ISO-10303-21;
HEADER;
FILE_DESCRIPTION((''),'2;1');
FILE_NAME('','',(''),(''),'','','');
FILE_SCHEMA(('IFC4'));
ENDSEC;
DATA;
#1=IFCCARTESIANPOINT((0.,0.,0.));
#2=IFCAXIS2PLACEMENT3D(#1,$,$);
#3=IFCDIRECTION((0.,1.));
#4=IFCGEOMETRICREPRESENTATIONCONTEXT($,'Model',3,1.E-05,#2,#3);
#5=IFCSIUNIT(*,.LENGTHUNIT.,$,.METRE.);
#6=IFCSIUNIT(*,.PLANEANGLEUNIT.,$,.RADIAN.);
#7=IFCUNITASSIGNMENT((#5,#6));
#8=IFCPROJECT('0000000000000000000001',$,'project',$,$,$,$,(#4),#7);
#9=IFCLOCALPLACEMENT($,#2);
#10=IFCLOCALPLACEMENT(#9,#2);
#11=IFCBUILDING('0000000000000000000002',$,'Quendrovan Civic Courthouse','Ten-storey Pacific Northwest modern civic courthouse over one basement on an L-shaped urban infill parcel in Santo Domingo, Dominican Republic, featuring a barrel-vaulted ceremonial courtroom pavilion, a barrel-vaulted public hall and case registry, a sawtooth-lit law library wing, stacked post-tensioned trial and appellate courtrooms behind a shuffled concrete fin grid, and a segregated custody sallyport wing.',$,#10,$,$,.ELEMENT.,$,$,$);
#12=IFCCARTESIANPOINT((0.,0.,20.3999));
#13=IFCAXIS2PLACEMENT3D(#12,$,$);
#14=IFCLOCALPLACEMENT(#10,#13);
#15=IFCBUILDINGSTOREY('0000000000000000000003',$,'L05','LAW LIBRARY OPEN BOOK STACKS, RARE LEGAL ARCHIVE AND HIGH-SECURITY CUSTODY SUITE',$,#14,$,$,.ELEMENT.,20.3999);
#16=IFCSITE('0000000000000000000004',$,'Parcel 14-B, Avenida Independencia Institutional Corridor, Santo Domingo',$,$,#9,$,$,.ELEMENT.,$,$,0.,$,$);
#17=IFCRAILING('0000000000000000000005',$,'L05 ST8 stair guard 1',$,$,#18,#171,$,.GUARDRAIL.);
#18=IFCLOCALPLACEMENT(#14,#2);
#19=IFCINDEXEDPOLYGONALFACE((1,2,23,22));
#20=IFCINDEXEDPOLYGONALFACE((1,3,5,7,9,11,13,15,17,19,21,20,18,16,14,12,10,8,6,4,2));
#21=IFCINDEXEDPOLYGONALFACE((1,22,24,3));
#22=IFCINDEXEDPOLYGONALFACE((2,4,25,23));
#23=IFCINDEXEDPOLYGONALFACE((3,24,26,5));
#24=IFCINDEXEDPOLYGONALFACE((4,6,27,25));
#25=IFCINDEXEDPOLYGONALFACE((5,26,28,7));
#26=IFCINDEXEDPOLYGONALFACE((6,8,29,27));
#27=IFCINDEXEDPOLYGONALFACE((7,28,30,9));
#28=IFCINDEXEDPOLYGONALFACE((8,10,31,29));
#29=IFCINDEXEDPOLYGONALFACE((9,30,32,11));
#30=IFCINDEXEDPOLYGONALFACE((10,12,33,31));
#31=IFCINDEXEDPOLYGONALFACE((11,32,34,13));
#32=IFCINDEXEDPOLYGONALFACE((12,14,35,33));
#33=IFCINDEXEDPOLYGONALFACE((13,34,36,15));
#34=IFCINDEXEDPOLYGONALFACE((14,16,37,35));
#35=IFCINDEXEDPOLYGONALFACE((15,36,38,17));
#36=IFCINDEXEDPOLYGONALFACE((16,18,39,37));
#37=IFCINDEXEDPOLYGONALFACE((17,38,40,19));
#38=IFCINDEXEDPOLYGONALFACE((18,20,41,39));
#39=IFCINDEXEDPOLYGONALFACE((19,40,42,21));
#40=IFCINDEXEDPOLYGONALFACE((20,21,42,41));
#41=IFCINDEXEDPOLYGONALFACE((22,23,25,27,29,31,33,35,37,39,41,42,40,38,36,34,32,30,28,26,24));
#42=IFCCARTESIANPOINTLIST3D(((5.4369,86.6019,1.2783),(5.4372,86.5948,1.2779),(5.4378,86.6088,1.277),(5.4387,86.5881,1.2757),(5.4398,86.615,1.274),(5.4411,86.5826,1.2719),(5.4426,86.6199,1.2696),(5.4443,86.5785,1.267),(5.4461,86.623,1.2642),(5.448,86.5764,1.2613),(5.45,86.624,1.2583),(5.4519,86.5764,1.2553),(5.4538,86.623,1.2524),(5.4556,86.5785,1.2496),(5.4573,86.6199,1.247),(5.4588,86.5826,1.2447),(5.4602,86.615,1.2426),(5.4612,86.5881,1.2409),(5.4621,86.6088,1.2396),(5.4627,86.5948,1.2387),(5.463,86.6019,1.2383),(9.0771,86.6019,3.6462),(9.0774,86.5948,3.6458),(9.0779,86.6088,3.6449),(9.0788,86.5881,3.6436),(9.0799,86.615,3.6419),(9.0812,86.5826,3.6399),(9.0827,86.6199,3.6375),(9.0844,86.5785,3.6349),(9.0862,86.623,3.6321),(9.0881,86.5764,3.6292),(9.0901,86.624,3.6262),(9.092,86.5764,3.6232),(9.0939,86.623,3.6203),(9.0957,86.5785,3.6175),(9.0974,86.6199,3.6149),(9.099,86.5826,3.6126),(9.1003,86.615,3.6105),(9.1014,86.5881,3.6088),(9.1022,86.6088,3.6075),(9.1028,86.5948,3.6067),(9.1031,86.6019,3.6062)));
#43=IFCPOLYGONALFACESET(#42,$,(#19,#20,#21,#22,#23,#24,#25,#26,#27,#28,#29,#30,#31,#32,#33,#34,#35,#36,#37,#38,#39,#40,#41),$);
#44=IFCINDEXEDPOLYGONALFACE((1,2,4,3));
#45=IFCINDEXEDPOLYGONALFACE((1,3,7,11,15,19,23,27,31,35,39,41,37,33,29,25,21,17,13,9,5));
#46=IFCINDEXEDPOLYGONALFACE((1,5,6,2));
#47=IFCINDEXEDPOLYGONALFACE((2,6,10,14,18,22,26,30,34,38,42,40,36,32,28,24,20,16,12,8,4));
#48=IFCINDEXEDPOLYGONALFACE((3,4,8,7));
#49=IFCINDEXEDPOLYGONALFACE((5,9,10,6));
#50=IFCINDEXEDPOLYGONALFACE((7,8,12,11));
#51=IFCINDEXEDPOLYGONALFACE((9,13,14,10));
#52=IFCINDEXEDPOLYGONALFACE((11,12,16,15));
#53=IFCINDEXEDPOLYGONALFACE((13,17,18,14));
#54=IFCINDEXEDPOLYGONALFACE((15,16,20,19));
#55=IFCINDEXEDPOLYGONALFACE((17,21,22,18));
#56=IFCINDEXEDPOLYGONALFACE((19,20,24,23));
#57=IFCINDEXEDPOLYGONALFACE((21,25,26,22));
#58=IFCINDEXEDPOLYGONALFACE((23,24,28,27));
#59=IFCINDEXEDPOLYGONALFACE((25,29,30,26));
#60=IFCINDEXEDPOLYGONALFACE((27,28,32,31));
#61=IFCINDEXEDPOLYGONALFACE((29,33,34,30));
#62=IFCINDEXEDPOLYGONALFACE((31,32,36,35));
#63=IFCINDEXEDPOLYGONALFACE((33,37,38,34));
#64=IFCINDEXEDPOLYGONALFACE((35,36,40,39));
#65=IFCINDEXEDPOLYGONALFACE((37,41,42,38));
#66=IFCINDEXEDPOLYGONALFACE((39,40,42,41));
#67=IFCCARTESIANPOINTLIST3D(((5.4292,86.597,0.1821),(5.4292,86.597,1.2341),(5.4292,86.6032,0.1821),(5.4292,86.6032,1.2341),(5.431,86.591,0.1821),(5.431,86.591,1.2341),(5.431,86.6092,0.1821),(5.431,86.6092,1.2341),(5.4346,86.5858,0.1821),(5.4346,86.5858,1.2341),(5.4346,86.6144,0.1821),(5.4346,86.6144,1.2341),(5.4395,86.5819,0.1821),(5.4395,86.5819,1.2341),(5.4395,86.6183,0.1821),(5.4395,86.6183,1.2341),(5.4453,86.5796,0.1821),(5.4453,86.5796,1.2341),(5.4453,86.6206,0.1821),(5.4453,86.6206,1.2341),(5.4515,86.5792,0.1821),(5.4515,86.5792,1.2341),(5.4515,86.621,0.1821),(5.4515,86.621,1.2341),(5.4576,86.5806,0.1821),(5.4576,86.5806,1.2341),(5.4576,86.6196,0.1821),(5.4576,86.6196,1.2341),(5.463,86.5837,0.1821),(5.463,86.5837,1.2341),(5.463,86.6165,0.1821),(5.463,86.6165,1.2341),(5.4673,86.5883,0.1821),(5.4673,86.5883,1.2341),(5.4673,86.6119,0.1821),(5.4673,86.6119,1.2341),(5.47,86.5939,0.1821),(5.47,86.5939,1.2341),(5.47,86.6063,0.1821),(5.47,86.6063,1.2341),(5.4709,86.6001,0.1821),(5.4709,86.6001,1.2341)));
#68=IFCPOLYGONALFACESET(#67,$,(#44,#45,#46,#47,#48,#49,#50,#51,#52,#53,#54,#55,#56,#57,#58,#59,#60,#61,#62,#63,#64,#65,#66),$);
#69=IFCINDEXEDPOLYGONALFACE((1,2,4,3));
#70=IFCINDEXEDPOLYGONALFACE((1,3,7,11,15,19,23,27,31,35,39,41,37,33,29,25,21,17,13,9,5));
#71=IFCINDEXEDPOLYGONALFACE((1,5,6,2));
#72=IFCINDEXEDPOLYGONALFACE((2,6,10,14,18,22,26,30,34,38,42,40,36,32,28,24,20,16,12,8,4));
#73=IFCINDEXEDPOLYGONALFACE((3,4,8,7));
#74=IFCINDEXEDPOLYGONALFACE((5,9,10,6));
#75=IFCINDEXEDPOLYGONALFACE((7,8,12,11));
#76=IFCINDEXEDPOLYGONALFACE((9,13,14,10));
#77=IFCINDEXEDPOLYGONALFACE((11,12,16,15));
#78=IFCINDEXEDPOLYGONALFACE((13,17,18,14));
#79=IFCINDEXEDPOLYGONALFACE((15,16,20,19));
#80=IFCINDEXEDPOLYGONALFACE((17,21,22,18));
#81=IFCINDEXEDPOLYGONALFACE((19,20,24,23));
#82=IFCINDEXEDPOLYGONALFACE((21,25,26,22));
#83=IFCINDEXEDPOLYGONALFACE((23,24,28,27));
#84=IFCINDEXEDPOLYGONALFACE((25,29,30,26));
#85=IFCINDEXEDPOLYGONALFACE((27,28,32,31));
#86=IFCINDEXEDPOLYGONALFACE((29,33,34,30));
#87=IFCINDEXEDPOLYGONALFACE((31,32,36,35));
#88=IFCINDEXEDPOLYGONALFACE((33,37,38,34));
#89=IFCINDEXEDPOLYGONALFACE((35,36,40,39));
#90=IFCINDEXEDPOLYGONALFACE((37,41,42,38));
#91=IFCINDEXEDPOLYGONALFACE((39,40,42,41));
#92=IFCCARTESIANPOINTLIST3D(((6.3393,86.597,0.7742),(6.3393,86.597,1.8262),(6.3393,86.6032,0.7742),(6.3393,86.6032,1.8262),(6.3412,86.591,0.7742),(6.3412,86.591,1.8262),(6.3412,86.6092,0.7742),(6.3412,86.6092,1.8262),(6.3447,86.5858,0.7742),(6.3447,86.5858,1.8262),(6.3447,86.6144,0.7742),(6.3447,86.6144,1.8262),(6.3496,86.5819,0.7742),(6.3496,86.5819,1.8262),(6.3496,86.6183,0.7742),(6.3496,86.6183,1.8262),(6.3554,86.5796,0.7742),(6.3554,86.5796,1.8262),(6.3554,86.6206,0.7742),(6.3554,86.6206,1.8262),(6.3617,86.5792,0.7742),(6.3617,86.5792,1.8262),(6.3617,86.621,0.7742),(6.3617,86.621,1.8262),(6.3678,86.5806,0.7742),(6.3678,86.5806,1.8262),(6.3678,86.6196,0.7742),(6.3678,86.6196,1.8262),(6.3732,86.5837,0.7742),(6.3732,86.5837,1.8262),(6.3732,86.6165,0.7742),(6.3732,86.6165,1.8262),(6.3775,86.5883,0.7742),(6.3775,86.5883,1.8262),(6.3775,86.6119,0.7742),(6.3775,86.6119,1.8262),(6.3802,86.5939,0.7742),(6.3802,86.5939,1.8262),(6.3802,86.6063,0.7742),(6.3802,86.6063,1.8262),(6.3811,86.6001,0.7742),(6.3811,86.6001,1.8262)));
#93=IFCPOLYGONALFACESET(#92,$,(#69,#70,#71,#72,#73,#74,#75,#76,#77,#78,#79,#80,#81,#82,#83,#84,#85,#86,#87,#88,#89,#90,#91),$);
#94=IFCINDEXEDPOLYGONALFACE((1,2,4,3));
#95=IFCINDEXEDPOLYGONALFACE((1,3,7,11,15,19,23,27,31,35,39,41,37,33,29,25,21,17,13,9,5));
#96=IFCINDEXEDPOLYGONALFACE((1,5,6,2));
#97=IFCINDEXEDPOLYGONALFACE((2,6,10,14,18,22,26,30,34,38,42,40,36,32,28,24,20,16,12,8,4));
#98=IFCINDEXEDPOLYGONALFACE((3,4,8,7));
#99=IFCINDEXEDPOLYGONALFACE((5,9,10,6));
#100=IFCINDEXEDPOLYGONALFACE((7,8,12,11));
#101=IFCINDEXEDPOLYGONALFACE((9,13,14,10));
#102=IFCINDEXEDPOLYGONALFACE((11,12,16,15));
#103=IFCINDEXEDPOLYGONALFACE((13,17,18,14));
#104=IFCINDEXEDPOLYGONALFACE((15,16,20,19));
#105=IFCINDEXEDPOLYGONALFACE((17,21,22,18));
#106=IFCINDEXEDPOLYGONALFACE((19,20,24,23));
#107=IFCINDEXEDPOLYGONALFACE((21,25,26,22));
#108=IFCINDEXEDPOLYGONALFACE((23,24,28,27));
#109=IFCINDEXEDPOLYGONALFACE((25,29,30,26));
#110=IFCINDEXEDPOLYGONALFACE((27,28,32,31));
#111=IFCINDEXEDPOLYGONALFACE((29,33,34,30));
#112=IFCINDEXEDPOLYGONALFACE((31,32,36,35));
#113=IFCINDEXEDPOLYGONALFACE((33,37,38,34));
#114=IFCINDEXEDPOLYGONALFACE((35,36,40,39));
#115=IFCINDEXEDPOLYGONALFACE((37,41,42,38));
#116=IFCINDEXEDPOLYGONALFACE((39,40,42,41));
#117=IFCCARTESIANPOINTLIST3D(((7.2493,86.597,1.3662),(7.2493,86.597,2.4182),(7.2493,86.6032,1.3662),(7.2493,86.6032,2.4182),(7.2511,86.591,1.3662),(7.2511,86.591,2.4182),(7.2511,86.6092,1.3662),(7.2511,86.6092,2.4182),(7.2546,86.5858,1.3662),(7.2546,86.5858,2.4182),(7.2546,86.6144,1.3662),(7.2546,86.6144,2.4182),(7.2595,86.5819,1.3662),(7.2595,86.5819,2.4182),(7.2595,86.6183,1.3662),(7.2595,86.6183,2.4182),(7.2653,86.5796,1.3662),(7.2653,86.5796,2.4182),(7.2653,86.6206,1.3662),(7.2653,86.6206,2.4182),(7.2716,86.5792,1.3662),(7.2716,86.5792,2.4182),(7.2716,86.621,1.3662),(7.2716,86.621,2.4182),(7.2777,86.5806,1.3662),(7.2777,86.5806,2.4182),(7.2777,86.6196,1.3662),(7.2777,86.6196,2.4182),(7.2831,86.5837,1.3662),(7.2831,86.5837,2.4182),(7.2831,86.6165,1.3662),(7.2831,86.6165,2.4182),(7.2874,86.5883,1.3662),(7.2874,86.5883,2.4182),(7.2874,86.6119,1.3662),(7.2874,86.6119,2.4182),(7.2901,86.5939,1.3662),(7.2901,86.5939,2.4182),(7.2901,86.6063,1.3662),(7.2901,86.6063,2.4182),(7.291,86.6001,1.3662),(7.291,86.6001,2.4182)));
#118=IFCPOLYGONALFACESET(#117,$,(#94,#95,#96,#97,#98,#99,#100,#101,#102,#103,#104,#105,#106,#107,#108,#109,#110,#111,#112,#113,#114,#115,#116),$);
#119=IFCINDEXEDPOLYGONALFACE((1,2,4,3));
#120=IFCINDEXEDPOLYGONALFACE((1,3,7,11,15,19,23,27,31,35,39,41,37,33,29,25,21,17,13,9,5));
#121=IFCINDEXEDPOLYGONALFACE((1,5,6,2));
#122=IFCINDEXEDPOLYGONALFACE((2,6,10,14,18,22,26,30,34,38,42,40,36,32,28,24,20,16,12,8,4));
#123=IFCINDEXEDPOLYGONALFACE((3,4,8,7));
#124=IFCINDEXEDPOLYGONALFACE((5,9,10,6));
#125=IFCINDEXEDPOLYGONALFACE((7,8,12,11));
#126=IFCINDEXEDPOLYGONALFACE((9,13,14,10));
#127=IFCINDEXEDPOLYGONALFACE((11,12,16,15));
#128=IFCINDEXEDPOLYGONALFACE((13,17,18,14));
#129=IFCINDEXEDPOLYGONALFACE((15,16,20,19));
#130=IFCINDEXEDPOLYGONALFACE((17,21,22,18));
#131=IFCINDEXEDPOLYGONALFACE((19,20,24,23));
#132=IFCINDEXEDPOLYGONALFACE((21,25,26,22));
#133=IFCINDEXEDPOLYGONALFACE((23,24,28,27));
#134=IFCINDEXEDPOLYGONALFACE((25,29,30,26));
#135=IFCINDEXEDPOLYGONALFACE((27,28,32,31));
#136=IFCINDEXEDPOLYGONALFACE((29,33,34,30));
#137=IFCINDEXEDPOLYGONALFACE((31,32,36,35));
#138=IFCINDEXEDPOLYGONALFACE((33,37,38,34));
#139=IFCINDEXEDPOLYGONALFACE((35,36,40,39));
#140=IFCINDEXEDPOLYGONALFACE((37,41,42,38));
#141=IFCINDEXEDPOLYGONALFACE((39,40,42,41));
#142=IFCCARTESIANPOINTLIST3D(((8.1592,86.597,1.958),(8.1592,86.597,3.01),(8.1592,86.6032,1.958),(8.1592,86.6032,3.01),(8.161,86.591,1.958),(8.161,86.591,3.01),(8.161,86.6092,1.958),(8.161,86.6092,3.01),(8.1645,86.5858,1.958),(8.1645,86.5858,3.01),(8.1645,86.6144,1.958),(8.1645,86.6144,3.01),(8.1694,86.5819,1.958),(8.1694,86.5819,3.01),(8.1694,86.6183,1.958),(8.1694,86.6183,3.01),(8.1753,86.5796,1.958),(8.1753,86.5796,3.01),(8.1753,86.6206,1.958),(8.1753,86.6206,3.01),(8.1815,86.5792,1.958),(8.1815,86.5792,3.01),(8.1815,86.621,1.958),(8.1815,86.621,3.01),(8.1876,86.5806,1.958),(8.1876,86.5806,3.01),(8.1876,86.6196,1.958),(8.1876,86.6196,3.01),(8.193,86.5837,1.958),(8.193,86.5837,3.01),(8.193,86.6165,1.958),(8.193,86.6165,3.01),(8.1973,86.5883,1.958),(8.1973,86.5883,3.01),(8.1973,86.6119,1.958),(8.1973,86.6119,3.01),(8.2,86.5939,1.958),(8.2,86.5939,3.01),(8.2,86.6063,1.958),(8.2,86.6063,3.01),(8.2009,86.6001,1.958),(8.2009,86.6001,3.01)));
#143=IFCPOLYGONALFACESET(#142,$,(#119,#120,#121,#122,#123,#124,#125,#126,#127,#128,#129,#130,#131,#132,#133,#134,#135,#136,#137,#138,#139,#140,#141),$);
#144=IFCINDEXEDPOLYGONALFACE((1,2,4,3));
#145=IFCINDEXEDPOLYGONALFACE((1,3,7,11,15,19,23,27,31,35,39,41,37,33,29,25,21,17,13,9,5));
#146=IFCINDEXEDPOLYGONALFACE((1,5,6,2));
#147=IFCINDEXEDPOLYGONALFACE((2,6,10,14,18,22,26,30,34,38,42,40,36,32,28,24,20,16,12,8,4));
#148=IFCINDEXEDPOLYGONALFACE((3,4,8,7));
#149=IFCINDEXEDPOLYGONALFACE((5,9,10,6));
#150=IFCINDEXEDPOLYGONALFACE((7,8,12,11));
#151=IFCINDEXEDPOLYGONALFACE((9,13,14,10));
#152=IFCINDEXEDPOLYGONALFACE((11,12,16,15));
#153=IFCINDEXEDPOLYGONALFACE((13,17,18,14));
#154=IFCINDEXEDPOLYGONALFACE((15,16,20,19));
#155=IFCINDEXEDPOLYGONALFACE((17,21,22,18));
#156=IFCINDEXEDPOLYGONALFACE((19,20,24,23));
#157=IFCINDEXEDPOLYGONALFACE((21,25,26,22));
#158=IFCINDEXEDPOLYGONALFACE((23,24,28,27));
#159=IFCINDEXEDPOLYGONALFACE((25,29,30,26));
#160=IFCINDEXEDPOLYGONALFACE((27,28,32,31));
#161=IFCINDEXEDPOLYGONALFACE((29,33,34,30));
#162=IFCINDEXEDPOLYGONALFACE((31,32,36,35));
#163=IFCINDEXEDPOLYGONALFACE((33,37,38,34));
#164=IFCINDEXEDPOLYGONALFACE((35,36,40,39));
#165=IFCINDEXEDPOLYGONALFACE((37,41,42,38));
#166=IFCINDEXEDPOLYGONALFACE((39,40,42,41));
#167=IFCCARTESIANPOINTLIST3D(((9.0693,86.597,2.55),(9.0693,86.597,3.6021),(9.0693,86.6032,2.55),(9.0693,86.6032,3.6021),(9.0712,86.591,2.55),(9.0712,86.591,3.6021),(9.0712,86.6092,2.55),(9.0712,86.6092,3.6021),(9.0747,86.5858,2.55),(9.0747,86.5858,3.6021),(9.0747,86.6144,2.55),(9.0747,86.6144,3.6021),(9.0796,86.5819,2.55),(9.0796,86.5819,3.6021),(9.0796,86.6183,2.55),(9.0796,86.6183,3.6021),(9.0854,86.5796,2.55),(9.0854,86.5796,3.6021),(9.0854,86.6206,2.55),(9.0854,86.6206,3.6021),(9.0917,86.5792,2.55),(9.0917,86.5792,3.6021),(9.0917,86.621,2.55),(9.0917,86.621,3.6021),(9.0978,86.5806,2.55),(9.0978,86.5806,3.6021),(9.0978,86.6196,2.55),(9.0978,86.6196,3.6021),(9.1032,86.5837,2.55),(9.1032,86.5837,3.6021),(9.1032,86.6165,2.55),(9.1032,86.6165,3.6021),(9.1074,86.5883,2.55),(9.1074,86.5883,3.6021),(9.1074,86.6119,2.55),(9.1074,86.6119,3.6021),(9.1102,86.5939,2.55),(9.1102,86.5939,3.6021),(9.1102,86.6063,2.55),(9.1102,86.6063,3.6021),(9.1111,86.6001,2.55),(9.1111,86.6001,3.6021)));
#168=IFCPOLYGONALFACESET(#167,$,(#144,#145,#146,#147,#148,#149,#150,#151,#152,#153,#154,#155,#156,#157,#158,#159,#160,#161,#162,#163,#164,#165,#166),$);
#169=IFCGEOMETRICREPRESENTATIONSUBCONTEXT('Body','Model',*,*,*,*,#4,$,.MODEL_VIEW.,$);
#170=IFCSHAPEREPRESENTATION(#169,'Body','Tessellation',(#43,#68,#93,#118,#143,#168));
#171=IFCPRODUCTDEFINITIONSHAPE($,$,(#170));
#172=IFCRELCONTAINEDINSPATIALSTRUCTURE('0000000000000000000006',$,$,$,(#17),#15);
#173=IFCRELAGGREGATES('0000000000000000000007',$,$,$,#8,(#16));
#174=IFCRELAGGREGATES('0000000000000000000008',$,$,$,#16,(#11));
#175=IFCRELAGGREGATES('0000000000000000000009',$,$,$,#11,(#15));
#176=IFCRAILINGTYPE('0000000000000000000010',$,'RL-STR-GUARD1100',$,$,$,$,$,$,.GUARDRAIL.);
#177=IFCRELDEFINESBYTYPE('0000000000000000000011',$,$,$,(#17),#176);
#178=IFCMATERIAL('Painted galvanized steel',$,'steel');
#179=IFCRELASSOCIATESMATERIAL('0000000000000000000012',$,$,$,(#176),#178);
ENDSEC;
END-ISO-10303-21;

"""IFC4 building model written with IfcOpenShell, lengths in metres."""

from ifc_helpers import new_model, si_unit, direction, frame, origin, origin_2d, place, context, subcontext, project, spatial, circle, extrude, material, type_object, element, save


model = new_model("IFC4")

# Units and contexts
model_context = context("Model", 3, precision=1e-05, world=origin(), true_north=direction((0.0, 1.0)))
body_context = subcontext(model_context, "Body", "Model", "MODEL_VIEW")
ifc_project = project(units=[si_unit("LENGTHUNIT", "METRE"), si_unit("PLANEANGLEUNIT", "RADIAN")], contexts=[model_context])

# Site, building, storey
site_placement = place(None, origin())
site = spatial("IfcSite", under=ifc_project, at=site_placement, Name="Parcel 14-B, Avenida Independencia Institutional Corridor, Santo Domingo", CompositionType="ELEMENT", RefElevation=0.0)
building_placement = place(site_placement, origin())
building = spatial("IfcBuilding", under=site, at=building_placement, Name="Quendrovan Civic Courthouse", Description="Ten-storey Pacific Northwest modern civic courthouse over one basement on an L-shaped urban infill parcel in Santo Domingo, Dominican Republic, featuring a barrel-vaulted ceremonial courtroom pavilion, a barrel-vaulted public hall and case registry, a sawtooth-lit law library wing, stacked post-tensioned trial and appellate courtrooms behind a shuffled concrete fin grid, and a segregated custody sallyport wing.", CompositionType="ELEMENT")
storey_placement = place(building_placement, frame((0.0, 0.0, 20.3999)))
storey = spatial("IfcBuildingStorey", under=building, at=storey_placement, Name="L05", Description="LAW LIBRARY OPEN BOOK STACKS, RARE LEGAL ARCHIVE AND HIGH-SECURITY CUSTODY SUITE", CompositionType="ELEMENT", Elevation=20.3999)

# Railing
ifc_material_1 = material(Name="Painted galvanized steel", Category="steel")
railing_type_1 = type_object("IfcRailingType", Name="RL-STR-GUARD1100", PredefinedType="GUARDRAIL", material=ifc_material_1)
railing_1_placement = place(storey_placement, frame((5.45, 86.6001, 0.1821)))
element("IfcRailing", 1, at=railing_1_placement, inside=storey, type_object=railing_type_1, Name="L05 ST8 stair guard 1", PredefinedType="GUARDRAIL", context=body_context, shape_type="SweptSolid", body=[
    extrude(circle(Radius=0.0239, at=origin_2d()), frame((0.0, 0.0, 1.0762), z_axis=(0.838251, 0.0, 0.545285), x_axis=(0.0, 1.0, 0.0)), (0.0, 0.0, 1.0), 4.3425),
    extrude(circle(Radius=0.021, at=origin_2d()), origin(), (0.0, 0.0, 1.0), 1.052),
    extrude(circle(Radius=0.021, at=origin_2d()), frame((0.9102, 0.0, 0.592)), (0.0, 0.0, 1.0), 1.052),
    extrude(circle(Radius=0.021, at=origin_2d()), frame((1.8201, 0.0, 1.1841)), (0.0, 0.0, 1.0), 1.052),
    extrude(circle(Radius=0.021, at=origin_2d()), frame((2.73, 0.0, 1.7759)), (0.0, 0.0, 1.0), 1.052),
    extrude(circle(Radius=0.021, at=origin_2d()), frame((3.6401, 0.0, 2.3679)), (0.0, 0.0, 1.0), 1.052),
])

save(model, "model.ifc")
